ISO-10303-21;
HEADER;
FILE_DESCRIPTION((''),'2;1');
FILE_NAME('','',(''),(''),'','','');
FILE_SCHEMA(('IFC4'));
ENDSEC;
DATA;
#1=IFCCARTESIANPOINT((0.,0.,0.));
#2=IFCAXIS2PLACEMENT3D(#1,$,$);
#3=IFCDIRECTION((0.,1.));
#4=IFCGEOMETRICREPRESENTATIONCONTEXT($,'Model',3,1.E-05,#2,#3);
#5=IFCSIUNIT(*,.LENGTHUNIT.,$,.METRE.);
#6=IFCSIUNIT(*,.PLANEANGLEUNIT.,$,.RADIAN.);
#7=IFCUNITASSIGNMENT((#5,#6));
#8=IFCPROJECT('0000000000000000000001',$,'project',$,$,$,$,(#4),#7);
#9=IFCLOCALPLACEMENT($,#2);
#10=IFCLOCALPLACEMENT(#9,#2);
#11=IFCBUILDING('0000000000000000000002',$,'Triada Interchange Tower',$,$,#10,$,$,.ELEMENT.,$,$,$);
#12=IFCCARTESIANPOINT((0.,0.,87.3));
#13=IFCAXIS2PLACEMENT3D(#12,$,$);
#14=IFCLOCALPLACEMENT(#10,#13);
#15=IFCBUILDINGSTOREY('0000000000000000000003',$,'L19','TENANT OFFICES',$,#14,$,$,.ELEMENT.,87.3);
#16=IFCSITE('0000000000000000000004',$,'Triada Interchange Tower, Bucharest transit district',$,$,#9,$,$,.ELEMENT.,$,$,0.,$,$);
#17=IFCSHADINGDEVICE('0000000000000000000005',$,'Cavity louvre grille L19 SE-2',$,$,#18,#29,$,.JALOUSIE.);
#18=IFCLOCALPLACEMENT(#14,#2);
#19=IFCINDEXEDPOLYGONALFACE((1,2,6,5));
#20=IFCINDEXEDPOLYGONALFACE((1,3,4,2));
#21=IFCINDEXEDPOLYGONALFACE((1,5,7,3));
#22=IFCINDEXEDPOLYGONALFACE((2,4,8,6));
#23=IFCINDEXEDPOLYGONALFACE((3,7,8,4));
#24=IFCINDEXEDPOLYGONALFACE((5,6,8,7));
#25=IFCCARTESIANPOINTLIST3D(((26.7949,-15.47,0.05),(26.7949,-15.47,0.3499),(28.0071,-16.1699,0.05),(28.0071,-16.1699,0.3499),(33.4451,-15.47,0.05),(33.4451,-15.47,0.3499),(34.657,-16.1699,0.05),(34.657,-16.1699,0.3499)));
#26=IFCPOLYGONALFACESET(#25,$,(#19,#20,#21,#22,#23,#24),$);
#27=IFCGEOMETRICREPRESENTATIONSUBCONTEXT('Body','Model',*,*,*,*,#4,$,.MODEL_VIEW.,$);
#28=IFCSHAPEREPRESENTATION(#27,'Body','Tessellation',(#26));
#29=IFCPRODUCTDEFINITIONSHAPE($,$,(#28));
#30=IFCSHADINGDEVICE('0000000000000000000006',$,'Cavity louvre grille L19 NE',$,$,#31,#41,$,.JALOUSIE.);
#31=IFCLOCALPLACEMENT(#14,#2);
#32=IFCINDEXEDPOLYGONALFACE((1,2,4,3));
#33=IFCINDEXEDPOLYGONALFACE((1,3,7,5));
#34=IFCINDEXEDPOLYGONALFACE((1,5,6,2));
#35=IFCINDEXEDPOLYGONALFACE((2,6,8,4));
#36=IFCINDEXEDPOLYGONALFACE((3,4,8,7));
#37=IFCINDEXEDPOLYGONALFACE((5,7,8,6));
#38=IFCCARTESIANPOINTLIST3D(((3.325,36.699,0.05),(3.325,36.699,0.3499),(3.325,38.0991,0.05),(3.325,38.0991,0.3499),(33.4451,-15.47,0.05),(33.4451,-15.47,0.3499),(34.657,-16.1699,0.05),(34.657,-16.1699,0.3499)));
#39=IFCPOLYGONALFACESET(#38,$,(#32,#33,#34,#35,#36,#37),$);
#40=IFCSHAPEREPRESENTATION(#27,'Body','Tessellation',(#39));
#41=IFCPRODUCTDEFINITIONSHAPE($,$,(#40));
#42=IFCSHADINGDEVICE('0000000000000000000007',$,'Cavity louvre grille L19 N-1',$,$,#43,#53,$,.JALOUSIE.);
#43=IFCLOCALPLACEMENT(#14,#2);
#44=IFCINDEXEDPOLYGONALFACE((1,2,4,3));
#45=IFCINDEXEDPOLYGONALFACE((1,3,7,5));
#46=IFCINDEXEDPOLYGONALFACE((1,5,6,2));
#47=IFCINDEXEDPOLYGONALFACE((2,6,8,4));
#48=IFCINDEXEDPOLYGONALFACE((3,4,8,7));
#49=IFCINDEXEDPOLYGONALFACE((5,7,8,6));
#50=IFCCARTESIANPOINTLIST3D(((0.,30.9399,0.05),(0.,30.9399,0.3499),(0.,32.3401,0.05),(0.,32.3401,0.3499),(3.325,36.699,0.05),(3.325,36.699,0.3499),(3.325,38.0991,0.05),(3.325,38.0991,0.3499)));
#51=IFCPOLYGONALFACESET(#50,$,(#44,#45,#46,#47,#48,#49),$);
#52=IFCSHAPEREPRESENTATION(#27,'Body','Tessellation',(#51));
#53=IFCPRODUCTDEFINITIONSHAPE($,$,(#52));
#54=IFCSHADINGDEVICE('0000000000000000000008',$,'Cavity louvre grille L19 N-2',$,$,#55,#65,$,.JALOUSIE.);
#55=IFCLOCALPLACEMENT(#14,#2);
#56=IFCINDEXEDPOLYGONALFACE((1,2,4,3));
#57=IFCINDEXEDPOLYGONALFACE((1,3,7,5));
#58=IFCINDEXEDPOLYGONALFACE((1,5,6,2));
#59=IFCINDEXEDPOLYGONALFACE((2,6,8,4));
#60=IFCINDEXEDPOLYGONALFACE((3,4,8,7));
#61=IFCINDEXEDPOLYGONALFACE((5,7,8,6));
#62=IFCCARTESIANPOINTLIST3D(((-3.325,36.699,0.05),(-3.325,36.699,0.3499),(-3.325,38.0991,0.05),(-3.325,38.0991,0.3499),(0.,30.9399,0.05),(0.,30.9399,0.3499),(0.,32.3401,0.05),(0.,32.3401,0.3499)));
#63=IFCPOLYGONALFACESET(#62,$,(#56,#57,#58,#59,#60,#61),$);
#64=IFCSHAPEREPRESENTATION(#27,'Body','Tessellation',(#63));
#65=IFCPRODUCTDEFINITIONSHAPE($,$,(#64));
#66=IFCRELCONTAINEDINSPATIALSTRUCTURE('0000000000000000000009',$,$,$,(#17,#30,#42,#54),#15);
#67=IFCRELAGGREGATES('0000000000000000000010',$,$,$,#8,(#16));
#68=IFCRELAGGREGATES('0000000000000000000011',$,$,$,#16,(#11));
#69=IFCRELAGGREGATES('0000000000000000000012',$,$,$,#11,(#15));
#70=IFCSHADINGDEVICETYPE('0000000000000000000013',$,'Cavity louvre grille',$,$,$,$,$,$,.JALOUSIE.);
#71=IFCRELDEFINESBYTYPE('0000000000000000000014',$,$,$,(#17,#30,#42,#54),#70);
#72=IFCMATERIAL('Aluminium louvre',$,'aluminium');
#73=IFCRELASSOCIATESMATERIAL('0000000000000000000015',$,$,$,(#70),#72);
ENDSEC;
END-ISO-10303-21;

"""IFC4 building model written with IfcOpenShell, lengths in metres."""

from ifc_helpers import new_model, si_unit, direction, frame, origin, place, context, subcontext, project, spatial, polyline, outline, extrude, material, type_object, element, save


model = new_model("IFC4")

# Units and contexts
model_context = context("Model", 3, precision=1e-05, world=origin(), true_north=direction((0.0, 1.0)))
body_context = subcontext(model_context, "Body", "Model", "MODEL_VIEW")
ifc_project = project(units=[si_unit("LENGTHUNIT", "METRE"), si_unit("PLANEANGLEUNIT", "RADIAN")], contexts=[model_context])

# Site, building, storey
site_placement = place(None, origin())
site = spatial("IfcSite", under=ifc_project, at=site_placement, Name="Triada Interchange Tower, Bucharest transit district", CompositionType="ELEMENT", RefElevation=0.0)
building_placement = place(site_placement, origin())
building = spatial("IfcBuilding", under=site, at=building_placement, Name="Triada Interchange Tower", CompositionType="ELEMENT")
storey_placement = place(building_placement, frame((0.0, 0.0, 87.3)))
storey = spatial("IfcBuildingStorey", under=building, at=storey_placement, Name="L19", Description="TENANT OFFICES", CompositionType="ELEMENT", Elevation=87.3)

# Shading devices
ifc_material_1 = material(Name="Aluminium louvre", Category="aluminium")
shading_device_type = type_object("IfcShadingDeviceType", Name="Cavity louvre grille", PredefinedType="JALOUSIE", material=ifc_material_1)
shading_device_1_placement = place(storey_placement, frame((0.0, 0.0, 0.05)))
element("IfcShadingDevice", 1, at=shading_device_1_placement, inside=storey, type_object=shading_device_type, Name="Cavity louvre grille L19 SE-2", PredefinedType="JALOUSIE", context=body_context, shape_type="SweptSolid", body=[
    extrude(outline(polyline([(26.7949, -15.47), (28.0071, -16.1699), (34.657, -16.1699), (33.4451, -15.47), (26.7949, -15.47)])), origin(), (0.0, 0.0, 1.0), 0.2998),
])
shading_device_2_placement = place(storey_placement, frame((0.0, 0.0, 0.05)))
element("IfcShadingDevice", 2, at=shading_device_2_placement, inside=storey, type_object=shading_device_type, Name="Cavity louvre grille L19 NE", PredefinedType="JALOUSIE", context=body_context, shape_type="SweptSolid", body=[
    extrude(outline(polyline([(33.4451, -15.47), (34.657, -16.1699), (3.325, 38.0991), (3.325, 36.699), (33.4451, -15.47)])), origin(), (0.0, 0.0, 1.0), 0.2998),
])
shading_device_3_placement = place(storey_placement, frame((0.0, 0.0, 0.05)))
element("IfcShadingDevice", 3, at=shading_device_3_placement, inside=storey, type_object=shading_device_type, Name="Cavity louvre grille L19 N-1", PredefinedType="JALOUSIE", context=body_context, shape_type="SweptSolid", body=[
    extrude(outline(polyline([(3.325, 36.699), (3.325, 38.0991), (0.0, 32.3401), (0.0, 30.9399), (3.325, 36.699)])), origin(), (0.0, 0.0, 1.0), 0.2998),
])
shading_device_4_placement = place(storey_placement, frame((0.0, 0.0, 0.05)))
element("IfcShadingDevice", 4, at=shading_device_4_placement, inside=storey, type_object=shading_device_type, Name="Cavity louvre grille L19 N-2", PredefinedType="JALOUSIE", context=body_context, shape_type="SweptSolid", body=[
    extrude(outline(polyline([(0.0, 30.9399), (0.0, 32.3401), (-3.325, 38.0991), (-3.325, 36.699), (0.0, 30.9399)])), origin(), (0.0, 0.0, 1.0), 0.2998),
])

save(model, "model.ifc")
